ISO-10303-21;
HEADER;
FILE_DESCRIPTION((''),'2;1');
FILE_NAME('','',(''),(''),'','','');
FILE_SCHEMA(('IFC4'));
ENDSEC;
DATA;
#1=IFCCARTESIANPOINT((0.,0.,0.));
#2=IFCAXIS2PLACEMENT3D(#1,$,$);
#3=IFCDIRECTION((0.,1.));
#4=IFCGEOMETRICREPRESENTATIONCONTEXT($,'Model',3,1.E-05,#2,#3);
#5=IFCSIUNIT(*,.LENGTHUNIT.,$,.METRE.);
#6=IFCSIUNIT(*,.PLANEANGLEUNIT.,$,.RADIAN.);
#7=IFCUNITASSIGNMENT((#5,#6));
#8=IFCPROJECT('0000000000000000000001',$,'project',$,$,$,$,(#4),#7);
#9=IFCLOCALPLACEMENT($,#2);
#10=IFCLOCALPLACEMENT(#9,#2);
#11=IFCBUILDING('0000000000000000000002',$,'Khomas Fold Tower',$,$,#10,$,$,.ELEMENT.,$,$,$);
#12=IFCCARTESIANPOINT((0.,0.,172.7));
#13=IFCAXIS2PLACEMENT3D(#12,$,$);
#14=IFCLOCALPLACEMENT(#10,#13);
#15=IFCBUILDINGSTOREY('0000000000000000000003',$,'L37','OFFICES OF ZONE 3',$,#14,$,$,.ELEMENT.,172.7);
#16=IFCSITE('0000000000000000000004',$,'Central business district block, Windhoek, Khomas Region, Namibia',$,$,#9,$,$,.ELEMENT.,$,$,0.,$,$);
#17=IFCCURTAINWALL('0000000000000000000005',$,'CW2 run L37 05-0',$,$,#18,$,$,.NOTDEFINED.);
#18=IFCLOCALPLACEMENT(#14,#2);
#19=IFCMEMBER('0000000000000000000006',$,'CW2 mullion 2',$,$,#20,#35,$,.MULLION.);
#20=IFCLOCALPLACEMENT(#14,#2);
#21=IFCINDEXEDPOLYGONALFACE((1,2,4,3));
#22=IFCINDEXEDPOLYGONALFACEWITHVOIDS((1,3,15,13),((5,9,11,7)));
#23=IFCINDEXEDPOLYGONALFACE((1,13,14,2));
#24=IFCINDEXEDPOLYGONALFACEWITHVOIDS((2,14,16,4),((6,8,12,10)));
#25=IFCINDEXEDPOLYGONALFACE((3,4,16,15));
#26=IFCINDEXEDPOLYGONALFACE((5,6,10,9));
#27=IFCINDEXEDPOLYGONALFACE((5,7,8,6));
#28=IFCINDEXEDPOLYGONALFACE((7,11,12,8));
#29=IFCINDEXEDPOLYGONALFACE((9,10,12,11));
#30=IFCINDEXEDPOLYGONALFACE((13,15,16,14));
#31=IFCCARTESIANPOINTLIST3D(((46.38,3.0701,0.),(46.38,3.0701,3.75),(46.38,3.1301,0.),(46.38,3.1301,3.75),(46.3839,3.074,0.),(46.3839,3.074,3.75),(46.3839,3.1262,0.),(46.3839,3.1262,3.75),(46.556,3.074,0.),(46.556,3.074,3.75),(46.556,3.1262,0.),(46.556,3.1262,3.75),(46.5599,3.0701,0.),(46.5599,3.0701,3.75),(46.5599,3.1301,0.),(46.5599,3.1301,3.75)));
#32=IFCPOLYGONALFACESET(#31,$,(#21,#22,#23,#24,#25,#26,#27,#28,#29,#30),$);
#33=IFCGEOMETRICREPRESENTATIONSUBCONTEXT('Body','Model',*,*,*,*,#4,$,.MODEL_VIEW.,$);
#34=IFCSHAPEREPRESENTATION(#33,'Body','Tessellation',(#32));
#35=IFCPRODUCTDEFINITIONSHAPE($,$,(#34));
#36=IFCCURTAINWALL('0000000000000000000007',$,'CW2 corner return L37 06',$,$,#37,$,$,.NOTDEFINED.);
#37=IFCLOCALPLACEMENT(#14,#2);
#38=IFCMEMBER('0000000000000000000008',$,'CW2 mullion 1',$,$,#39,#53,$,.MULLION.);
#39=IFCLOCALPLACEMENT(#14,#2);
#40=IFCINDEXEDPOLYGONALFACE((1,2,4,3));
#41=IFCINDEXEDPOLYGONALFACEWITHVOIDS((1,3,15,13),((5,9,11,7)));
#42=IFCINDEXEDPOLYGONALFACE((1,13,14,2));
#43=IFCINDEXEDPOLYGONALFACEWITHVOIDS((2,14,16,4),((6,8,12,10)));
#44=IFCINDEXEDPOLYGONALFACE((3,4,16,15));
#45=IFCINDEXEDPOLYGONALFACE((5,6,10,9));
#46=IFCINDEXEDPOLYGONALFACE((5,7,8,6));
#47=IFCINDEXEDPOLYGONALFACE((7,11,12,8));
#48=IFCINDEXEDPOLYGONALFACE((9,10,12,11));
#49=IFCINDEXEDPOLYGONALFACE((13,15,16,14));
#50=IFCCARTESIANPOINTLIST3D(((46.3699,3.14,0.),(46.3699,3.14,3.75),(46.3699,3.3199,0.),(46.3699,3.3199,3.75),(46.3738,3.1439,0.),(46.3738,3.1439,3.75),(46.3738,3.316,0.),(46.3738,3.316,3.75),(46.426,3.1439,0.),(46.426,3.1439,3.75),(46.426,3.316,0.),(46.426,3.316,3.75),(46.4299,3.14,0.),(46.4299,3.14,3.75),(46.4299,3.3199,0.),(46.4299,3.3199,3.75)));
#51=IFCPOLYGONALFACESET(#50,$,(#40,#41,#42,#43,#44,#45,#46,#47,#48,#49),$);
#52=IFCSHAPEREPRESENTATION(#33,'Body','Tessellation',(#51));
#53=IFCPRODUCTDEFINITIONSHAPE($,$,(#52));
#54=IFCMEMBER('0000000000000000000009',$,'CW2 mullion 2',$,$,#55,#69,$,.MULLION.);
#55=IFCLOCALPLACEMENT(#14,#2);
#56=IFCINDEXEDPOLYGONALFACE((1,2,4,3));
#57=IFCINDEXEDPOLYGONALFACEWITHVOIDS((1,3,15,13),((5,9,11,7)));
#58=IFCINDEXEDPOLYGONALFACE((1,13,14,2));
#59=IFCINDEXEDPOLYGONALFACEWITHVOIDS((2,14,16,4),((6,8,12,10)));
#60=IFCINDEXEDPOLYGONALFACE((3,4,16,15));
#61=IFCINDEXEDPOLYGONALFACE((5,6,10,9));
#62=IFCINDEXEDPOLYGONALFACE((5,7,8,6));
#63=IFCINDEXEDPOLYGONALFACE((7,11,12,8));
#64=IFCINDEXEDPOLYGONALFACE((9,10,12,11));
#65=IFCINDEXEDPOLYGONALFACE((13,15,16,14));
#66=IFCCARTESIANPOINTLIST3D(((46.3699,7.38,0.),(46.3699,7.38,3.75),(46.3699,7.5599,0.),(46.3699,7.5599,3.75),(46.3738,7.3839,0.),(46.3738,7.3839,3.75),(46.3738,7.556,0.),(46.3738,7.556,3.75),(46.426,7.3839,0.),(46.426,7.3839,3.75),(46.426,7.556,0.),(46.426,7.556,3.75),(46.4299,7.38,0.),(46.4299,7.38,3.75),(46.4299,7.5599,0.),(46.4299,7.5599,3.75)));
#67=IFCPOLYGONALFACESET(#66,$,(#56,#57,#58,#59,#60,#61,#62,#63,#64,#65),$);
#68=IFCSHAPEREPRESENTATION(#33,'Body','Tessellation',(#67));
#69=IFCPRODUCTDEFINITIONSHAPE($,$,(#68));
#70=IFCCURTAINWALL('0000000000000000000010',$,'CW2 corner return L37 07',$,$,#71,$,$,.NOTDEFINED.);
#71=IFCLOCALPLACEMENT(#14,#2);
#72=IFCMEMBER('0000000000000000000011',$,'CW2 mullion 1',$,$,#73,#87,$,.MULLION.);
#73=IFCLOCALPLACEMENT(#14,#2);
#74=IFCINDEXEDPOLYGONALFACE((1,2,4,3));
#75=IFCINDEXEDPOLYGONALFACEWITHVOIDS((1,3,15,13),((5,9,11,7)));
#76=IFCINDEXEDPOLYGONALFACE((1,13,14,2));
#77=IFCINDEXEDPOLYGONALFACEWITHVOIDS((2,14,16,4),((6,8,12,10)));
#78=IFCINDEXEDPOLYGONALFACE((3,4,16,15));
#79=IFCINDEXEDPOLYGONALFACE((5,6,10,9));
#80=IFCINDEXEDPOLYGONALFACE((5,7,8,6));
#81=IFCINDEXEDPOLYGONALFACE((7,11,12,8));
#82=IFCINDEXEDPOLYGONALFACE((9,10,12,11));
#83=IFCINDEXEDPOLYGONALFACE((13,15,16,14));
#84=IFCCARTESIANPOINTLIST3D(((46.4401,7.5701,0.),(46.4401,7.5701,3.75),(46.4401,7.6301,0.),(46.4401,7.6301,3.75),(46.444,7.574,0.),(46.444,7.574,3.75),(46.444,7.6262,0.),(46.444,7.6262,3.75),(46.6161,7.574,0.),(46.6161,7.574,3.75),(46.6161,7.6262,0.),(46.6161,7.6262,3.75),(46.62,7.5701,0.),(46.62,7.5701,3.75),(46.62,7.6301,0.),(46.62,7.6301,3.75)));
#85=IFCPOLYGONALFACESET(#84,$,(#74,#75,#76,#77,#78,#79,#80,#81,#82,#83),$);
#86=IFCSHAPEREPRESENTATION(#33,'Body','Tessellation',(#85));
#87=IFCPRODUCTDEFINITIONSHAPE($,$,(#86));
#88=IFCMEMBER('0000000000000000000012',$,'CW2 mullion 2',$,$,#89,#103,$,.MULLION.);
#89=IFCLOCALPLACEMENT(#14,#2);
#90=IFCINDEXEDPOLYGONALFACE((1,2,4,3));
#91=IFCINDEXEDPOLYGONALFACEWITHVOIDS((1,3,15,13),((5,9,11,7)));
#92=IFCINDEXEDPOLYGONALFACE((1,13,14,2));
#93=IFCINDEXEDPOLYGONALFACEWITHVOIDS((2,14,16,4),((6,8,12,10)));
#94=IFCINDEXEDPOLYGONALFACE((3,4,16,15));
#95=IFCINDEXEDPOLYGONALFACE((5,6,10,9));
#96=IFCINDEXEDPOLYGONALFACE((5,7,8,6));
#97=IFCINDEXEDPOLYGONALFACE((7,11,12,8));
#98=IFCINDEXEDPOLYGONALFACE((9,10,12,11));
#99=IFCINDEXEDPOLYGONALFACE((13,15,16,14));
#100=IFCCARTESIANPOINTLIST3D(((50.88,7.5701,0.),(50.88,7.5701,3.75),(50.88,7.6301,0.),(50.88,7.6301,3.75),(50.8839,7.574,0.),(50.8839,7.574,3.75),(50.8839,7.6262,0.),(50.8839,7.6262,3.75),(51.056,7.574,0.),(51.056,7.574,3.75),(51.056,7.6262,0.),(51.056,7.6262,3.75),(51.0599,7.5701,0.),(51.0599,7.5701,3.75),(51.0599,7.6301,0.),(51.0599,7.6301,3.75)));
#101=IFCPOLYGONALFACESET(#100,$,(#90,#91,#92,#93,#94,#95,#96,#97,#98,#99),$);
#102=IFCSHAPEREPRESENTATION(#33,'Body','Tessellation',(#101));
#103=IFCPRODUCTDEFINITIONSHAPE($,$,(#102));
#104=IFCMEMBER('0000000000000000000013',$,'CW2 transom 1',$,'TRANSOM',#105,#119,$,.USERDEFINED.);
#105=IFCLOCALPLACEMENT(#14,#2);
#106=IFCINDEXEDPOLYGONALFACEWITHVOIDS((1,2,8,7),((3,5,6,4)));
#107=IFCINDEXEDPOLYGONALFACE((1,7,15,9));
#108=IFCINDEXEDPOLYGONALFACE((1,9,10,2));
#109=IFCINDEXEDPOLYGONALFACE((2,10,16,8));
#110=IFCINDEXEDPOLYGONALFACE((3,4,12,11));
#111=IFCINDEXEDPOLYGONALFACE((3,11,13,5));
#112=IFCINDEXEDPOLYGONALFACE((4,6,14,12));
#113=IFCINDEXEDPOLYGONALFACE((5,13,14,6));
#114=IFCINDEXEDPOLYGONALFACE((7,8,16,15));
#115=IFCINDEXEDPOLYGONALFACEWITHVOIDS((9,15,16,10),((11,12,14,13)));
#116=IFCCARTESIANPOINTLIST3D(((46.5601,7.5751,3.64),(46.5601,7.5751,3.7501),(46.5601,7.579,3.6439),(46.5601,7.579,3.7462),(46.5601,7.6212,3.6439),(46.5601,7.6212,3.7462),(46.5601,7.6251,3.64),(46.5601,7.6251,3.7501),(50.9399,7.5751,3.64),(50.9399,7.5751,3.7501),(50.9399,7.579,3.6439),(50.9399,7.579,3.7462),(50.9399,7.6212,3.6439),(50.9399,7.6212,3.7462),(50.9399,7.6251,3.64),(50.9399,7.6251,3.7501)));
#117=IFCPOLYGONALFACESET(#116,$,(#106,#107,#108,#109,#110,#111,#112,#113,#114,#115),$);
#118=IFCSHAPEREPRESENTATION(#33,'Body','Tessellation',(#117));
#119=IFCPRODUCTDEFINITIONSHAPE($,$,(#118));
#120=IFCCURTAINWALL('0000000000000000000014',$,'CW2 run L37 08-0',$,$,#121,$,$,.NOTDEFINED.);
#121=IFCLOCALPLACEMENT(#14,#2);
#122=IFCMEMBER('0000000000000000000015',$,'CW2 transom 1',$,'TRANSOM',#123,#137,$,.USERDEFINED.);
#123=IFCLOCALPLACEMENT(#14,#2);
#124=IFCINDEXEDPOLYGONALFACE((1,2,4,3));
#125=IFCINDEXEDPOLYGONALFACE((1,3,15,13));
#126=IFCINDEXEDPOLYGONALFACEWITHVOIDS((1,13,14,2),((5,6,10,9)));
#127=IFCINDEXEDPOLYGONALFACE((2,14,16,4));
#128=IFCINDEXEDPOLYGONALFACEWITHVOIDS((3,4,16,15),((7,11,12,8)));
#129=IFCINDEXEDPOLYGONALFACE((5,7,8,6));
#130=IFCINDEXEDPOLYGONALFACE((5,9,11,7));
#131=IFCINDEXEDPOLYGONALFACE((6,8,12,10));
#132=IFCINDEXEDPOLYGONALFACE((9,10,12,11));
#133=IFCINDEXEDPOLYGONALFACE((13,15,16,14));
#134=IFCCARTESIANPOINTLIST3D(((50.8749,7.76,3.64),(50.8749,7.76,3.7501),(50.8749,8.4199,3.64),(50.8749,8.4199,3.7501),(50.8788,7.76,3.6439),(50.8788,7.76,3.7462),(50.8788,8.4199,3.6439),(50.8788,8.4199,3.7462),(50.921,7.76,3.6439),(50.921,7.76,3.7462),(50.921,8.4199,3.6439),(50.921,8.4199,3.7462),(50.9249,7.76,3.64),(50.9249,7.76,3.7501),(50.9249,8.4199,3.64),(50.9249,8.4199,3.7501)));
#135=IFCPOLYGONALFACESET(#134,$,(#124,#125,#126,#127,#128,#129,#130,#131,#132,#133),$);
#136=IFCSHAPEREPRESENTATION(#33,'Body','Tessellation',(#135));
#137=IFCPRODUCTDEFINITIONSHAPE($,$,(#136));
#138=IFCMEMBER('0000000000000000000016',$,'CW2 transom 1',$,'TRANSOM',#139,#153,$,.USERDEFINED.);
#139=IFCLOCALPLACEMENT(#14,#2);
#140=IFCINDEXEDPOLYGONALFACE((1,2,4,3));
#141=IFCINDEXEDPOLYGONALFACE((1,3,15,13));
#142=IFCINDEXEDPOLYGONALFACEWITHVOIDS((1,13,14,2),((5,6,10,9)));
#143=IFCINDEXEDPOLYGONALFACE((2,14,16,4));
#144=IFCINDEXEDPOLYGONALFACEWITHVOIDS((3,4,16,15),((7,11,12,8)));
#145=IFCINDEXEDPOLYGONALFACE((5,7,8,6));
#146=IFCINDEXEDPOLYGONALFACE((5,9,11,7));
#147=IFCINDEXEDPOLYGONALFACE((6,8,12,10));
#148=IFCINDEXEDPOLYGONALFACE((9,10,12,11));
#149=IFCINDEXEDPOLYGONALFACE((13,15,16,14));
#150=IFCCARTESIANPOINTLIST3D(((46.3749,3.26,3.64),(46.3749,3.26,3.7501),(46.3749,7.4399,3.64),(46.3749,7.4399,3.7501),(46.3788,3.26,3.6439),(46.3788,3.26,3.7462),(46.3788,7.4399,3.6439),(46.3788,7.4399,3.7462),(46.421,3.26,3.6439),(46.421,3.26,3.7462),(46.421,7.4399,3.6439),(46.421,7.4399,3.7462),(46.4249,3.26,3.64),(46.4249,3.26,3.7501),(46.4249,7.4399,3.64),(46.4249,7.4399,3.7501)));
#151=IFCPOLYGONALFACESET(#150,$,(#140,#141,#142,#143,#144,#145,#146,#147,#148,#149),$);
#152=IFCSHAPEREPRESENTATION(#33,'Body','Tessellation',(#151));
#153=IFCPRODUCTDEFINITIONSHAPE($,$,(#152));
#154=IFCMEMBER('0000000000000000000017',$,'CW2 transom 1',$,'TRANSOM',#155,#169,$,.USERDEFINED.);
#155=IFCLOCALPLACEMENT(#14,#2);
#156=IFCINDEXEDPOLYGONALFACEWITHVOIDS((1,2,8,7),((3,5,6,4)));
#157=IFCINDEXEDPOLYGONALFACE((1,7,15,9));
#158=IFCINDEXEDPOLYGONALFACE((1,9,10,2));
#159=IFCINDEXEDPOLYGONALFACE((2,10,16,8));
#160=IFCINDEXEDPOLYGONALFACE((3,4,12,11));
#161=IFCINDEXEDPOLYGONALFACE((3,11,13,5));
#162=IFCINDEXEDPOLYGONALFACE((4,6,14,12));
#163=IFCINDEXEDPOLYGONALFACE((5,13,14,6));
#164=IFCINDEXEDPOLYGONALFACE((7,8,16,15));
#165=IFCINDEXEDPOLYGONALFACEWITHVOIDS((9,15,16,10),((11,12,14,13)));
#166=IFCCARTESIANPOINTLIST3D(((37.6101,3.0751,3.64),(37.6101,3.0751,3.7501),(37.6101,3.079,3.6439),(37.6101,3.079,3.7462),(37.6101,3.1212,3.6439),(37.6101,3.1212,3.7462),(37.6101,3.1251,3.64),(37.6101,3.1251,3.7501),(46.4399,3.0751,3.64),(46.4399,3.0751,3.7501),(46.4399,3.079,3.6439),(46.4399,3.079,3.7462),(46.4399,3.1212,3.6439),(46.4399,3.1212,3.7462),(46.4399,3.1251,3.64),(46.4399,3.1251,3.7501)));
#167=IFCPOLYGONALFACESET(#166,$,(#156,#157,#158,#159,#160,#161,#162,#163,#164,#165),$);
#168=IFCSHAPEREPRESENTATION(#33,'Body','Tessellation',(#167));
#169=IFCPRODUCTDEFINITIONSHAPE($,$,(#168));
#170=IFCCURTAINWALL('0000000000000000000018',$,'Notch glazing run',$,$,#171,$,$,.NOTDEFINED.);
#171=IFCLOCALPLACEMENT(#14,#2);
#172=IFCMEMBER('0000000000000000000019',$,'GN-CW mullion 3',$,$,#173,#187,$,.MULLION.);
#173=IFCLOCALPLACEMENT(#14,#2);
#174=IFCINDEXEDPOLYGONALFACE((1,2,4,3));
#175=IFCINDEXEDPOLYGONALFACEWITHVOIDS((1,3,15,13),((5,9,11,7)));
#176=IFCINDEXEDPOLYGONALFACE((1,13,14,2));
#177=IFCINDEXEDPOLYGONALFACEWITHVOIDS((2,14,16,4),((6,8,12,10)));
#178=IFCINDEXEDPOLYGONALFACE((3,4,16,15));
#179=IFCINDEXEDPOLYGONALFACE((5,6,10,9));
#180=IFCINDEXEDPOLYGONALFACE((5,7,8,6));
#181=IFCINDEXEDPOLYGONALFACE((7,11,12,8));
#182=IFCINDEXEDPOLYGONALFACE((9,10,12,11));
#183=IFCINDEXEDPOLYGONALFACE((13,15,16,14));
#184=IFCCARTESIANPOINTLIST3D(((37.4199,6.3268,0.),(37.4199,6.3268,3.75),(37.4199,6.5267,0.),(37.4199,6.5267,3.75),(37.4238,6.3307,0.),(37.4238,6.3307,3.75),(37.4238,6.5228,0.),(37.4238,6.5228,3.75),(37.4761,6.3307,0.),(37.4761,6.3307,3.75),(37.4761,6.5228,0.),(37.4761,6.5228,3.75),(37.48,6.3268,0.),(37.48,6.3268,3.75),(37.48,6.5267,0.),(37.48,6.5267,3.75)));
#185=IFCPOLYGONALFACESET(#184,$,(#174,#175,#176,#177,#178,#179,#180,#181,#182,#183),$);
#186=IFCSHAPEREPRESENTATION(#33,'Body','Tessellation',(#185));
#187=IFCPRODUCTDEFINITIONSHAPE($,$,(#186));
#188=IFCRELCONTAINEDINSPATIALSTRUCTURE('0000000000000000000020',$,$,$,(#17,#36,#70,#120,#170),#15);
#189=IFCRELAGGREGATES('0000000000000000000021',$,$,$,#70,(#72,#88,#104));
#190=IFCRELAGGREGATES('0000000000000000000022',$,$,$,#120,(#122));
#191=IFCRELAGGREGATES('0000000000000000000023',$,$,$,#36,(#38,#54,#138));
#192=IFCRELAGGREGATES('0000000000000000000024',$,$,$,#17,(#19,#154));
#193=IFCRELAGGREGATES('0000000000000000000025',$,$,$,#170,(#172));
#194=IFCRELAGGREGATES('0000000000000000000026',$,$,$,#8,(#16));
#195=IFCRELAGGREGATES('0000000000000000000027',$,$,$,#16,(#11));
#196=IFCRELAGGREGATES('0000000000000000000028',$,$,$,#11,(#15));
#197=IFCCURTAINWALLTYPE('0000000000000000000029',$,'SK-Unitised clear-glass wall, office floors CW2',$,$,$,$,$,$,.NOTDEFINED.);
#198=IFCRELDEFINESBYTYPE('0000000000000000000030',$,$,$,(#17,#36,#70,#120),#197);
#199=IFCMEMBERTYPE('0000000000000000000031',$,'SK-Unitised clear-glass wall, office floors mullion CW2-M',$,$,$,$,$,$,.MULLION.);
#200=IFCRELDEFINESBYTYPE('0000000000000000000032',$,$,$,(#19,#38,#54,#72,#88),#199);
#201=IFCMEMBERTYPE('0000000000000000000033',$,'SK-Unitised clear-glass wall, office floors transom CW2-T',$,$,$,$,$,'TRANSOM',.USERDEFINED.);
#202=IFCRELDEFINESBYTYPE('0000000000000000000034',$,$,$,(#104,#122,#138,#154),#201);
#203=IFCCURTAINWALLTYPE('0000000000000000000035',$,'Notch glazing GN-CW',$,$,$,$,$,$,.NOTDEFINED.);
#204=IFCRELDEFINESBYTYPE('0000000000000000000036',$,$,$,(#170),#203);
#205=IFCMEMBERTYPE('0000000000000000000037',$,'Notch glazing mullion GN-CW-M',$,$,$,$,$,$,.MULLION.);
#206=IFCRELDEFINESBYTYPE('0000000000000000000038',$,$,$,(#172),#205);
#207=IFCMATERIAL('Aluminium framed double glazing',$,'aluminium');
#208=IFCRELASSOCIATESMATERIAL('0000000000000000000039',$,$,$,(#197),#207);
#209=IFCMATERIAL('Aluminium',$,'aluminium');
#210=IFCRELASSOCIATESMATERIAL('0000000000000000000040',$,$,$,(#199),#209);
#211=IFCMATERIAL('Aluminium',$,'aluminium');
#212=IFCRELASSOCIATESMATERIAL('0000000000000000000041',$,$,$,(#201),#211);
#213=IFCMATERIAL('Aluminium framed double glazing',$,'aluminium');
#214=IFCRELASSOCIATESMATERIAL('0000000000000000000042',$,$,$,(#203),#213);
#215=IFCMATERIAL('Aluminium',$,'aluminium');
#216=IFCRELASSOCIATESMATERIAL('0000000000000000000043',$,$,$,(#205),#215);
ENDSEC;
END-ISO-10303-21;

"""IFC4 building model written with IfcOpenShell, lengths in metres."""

from ifc_helpers import new_model, si_unit, direction, frame, origin, origin_2d, place, context, subcontext, project, spatial, hollow_rectangle, extrude, source, transform, mapped, material, material_profile, profile_set, type_object, element, aggregate, save


model = new_model("IFC4")

# Units and contexts
model_context = context("Model", 3, precision=1e-05, world=origin(), true_north=direction((0.0, 1.0)))
body_context = subcontext(model_context, "Body", "Model", "MODEL_VIEW")
ifc_project = project(units=[si_unit("LENGTHUNIT", "METRE"), si_unit("PLANEANGLEUNIT", "RADIAN")], contexts=[model_context])

# Site, building, storey
site_placement = place(None, origin())
site = spatial("IfcSite", under=ifc_project, at=site_placement, Name="Central business district block, Windhoek, Khomas Region, Namibia", CompositionType="ELEMENT", RefElevation=0.0)
building_placement = place(site_placement, origin())
building = spatial("IfcBuilding", under=site, at=building_placement, Name="Khomas Fold Tower", CompositionType="ELEMENT")
storey_placement = place(building_placement, frame((0.0, 0.0, 172.7)))
storey = spatial("IfcBuildingStorey", under=building, at=storey_placement, Name="L37", Description="OFFICES OF ZONE 3", CompositionType="ELEMENT", Elevation=172.7)

# Curtain walls, members
ifc_material_1 = material(Name="Aluminium framed double glazing", Category="aluminium")
curtain_wall_type_1 = type_object("IfcCurtainWallType", Name="SK-Unitised clear-glass wall, office floors CW2", PredefinedType="NOTDEFINED", material=ifc_material_1)
curtain_wall_1_placement = place(storey_placement, origin())
curtain_wall_1 = element("IfcCurtainWall", 1, at=curtain_wall_1_placement, inside=storey, type_object=curtain_wall_type_1, Name="CW2 run L37 05-0", PredefinedType="NOTDEFINED")
ifc_material_2 = material(Name="Aluminium", Category="aluminium")
ifc_material_profile_1 = material_profile(ifc_material_2, hollow_rectangle(XDim=0.0601, YDim=0.1799, WallThickness=0.0039, at=origin_2d()), Name="SK-Unitised clear-glass wall, office floors mullion CW2-M")
ifc_profile_set_1 = profile_set([ifc_material_profile_1], Name="Aluminium")
member_type_1 = type_object("IfcMemberType", Name="SK-Unitised clear-glass wall, office floors mullion CW2-M", PredefinedType="MULLION", material=ifc_profile_set_1)
shared_shape_1 = source(origin(), body_context, "Body", "SweptSolid", [
    extrude(hollow_rectangle(XDim=0.0601, YDim=0.1799, WallThickness=0.0039, at=origin_2d()), origin(), (0.0, 0.0, 1.0), 3.75),
])
member_1_placement = place(storey_placement, frame((46.47, 3.1001, 0.0), z_axis=(0.0, 0.0, 1.0), x_axis=(0.0, 1.0, 0.0)))
member_1 = element("IfcMember", 2, at=member_1_placement, type_object=member_type_1, Name="CW2 mullion 2", PredefinedType="MULLION", context=body_context, shape_type="MappedRepresentation", body=[
    mapped(shared_shape_1, transform((0.0, 0.0, 0.0))),
])
curtain_wall_2_placement = place(storey_placement, origin())
curtain_wall_2 = element("IfcCurtainWall", 3, at=curtain_wall_2_placement, inside=storey, type_object=curtain_wall_type_1, Name="CW2 corner return L37 06", PredefinedType="NOTDEFINED")
member_2_placement = place(storey_placement, frame((46.3999, 3.23, 0.0), z_axis=(0.0, 0.0, 1.0), x_axis=(-1.0, 0.0, 0.0)))
member_2 = element("IfcMember", 4, at=member_2_placement, type_object=member_type_1, Name="CW2 mullion 1", PredefinedType="MULLION", context=body_context, shape_type="MappedRepresentation", body=[
    mapped(shared_shape_1, transform((0.0, 0.0, 0.0))),
])
member_3_placement = place(storey_placement, frame((46.3999, 7.47, 0.0), z_axis=(0.0, 0.0, 1.0), x_axis=(-1.0, 0.0, 0.0)))
member_3 = element("IfcMember", 5, at=member_3_placement, type_object=member_type_1, Name="CW2 mullion 2", PredefinedType="MULLION", context=body_context, shape_type="MappedRepresentation", body=[
    mapped(shared_shape_1, transform((0.0, 0.0, 0.0))),
])
curtain_wall_3_placement = place(storey_placement, origin())
curtain_wall_3 = element("IfcCurtainWall", 6, at=curtain_wall_3_placement, inside=storey, type_object=curtain_wall_type_1, Name="CW2 corner return L37 07", PredefinedType="NOTDEFINED")
member_4_placement = place(storey_placement, frame((46.53, 7.6001, 0.0), z_axis=(0.0, 0.0, 1.0), x_axis=(0.0, 1.0, 0.0)))
member_4 = element("IfcMember", 7, at=member_4_placement, type_object=member_type_1, Name="CW2 mullion 1", PredefinedType="MULLION", context=body_context, shape_type="MappedRepresentation", body=[
    mapped(shared_shape_1, transform((0.0, 0.0, 0.0))),
])
member_5_placement = place(storey_placement, frame((50.97, 7.6001, 0.0), z_axis=(0.0, 0.0, 1.0), x_axis=(0.0, 1.0, 0.0)))
member_5 = element("IfcMember", 8, at=member_5_placement, type_object=member_type_1, Name="CW2 mullion 2", PredefinedType="MULLION", context=body_context, shape_type="MappedRepresentation", body=[
    mapped(shared_shape_1, transform((0.0, 0.0, 0.0))),
])
ifc_material_3 = material(Name="Aluminium", Category="aluminium")
ifc_material_profile_2 = material_profile(ifc_material_3, hollow_rectangle(XDim=0.05, YDim=0.1101, WallThickness=0.0039, at=origin_2d()), Name="SK-Unitised clear-glass wall, office floors transom CW2-T")
ifc_profile_set_2 = profile_set([ifc_material_profile_2], Name="Aluminium")
member_type_2 = type_object("IfcMemberType", Name="SK-Unitised clear-glass wall, office floors transom CW2-T", ElementType="TRANSOM", PredefinedType="USERDEFINED", material=ifc_profile_set_2)
shared_shape_2 = source(origin(), body_context, "Body", "SweptSolid", [
    extrude(hollow_rectangle(XDim=0.05, YDim=0.1101, WallThickness=0.0039, at=origin_2d()), origin(), (0.0, 0.0, 1.0), 4.3799),
])
member_6_placement = place(storey_placement, frame((46.5601, 7.6001, 3.6951), z_axis=(1.0, 0.0, 0.0), x_axis=(0.0, 1.0, 0.0)))
member_6 = element("IfcMember", 9, at=member_6_placement, type_object=member_type_2, Name="CW2 transom 1", ObjectType="TRANSOM", PredefinedType="USERDEFINED", context=body_context, shape_type="MappedRepresentation", body=[
    mapped(shared_shape_2, transform((0.0, 0.0, 0.0))),
])

# Curtain wall, member
curtain_wall_4_placement = place(storey_placement, origin())
curtain_wall_4 = element("IfcCurtainWall", 10, at=curtain_wall_4_placement, inside=storey, type_object=curtain_wall_type_1, Name="CW2 run L37 08-0", PredefinedType="NOTDEFINED")
shared_shape_3 = source(origin(), body_context, "Body", "SweptSolid", [
    extrude(hollow_rectangle(XDim=0.05, YDim=0.1101, WallThickness=0.0039, at=origin_2d()), origin(), (0.0, 0.0, 1.0), 0.6599),
])
member_7_placement = place(storey_placement, frame((50.8999, 7.76, 3.6951), z_axis=(0.0, 1.0, 0.0), x_axis=(-1.0, 0.0, 0.0)))
member_7 = element("IfcMember", 11, at=member_7_placement, type_object=member_type_2, Name="CW2 transom 1", ObjectType="TRANSOM", PredefinedType="USERDEFINED", context=body_context, shape_type="MappedRepresentation", body=[
    mapped(shared_shape_3, transform((0.0, 0.0, 0.0))),
])

# Members
shared_shape_4 = source(origin(), body_context, "Body", "SweptSolid", [
    extrude(hollow_rectangle(XDim=0.05, YDim=0.1101, WallThickness=0.0039, at=origin_2d()), origin(), (0.0, 0.0, 1.0), 4.1799),
])
member_8_placement = place(storey_placement, frame((46.3999, 3.26, 3.6951), z_axis=(0.0, 1.0, 0.0), x_axis=(-1.0, 0.0, 0.0)))
member_8 = element("IfcMember", 12, at=member_8_placement, type_object=member_type_2, Name="CW2 transom 1", ObjectType="TRANSOM", PredefinedType="USERDEFINED", context=body_context, shape_type="MappedRepresentation", body=[
    mapped(shared_shape_4, transform((0.0, 0.0, 0.0))),
])
shared_shape_5 = source(origin(), body_context, "Body", "SweptSolid", [
    extrude(hollow_rectangle(XDim=0.05, YDim=0.1101, WallThickness=0.0039, at=origin_2d()), origin(), (0.0, 0.0, 1.0), 8.8298),
])
member_9_placement = place(storey_placement, frame((37.6101, 3.1001, 3.6951), z_axis=(1.0, 0.0, 0.0), x_axis=(0.0, 1.0, 0.0)))
member_9 = element("IfcMember", 13, at=member_9_placement, type_object=member_type_2, Name="CW2 transom 1", ObjectType="TRANSOM", PredefinedType="USERDEFINED", context=body_context, shape_type="MappedRepresentation", body=[
    mapped(shared_shape_5, transform((0.0, 0.0, 0.0))),
])

# Curtain wall, member
ifc_material_4 = material(Name="Aluminium framed double glazing", Category="aluminium")
curtain_wall_type_2 = type_object("IfcCurtainWallType", Name="Notch glazing GN-CW", PredefinedType="NOTDEFINED", material=ifc_material_4)
curtain_wall_5_placement = place(storey_placement, origin())
curtain_wall_5 = element("IfcCurtainWall", 14, at=curtain_wall_5_placement, inside=storey, type_object=curtain_wall_type_2, Name="Notch glazing run", PredefinedType="NOTDEFINED")
ifc_material_5 = material(Name="Aluminium", Category="aluminium")
ifc_material_profile_3 = material_profile(ifc_material_5, hollow_rectangle(XDim=0.0601, YDim=0.2, WallThickness=0.0039, at=origin_2d()), Name="Notch glazing mullion GN-CW-M")
ifc_profile_set_3 = profile_set([ifc_material_profile_3], Name="Aluminium")
member_type_3 = type_object("IfcMemberType", Name="Notch glazing mullion GN-CW-M", PredefinedType="MULLION", material=ifc_profile_set_3)
shared_shape_6 = source(origin(), body_context, "Body", "SweptSolid", [
    extrude(hollow_rectangle(XDim=0.0601, YDim=0.2, WallThickness=0.0039, at=origin_2d()), origin(), (0.0, 0.0, 1.0), 3.75),
])
member_10_placement = place(storey_placement, frame((37.45, 6.4268, 0.0), z_axis=(0.0, 0.0, 1.0), x_axis=(1.0, 0.0, 0.0)))
member_10 = element("IfcMember", 15, at=member_10_placement, type_object=member_type_3, Name="GN-CW mullion 3", PredefinedType="MULLION", context=body_context, shape_type="MappedRepresentation", body=[
    mapped(shared_shape_6, transform((0.0, 0.0, 0.0))),
])

aggregate(curtain_wall_3, [member_4, member_5, member_6])
aggregate(curtain_wall_4, [member_7])
aggregate(curtain_wall_2, [member_2, member_3, member_8])
aggregate(curtain_wall_1, [member_1, member_9])
aggregate(curtain_wall_5, [member_10])

save(model, "model.ifc")
